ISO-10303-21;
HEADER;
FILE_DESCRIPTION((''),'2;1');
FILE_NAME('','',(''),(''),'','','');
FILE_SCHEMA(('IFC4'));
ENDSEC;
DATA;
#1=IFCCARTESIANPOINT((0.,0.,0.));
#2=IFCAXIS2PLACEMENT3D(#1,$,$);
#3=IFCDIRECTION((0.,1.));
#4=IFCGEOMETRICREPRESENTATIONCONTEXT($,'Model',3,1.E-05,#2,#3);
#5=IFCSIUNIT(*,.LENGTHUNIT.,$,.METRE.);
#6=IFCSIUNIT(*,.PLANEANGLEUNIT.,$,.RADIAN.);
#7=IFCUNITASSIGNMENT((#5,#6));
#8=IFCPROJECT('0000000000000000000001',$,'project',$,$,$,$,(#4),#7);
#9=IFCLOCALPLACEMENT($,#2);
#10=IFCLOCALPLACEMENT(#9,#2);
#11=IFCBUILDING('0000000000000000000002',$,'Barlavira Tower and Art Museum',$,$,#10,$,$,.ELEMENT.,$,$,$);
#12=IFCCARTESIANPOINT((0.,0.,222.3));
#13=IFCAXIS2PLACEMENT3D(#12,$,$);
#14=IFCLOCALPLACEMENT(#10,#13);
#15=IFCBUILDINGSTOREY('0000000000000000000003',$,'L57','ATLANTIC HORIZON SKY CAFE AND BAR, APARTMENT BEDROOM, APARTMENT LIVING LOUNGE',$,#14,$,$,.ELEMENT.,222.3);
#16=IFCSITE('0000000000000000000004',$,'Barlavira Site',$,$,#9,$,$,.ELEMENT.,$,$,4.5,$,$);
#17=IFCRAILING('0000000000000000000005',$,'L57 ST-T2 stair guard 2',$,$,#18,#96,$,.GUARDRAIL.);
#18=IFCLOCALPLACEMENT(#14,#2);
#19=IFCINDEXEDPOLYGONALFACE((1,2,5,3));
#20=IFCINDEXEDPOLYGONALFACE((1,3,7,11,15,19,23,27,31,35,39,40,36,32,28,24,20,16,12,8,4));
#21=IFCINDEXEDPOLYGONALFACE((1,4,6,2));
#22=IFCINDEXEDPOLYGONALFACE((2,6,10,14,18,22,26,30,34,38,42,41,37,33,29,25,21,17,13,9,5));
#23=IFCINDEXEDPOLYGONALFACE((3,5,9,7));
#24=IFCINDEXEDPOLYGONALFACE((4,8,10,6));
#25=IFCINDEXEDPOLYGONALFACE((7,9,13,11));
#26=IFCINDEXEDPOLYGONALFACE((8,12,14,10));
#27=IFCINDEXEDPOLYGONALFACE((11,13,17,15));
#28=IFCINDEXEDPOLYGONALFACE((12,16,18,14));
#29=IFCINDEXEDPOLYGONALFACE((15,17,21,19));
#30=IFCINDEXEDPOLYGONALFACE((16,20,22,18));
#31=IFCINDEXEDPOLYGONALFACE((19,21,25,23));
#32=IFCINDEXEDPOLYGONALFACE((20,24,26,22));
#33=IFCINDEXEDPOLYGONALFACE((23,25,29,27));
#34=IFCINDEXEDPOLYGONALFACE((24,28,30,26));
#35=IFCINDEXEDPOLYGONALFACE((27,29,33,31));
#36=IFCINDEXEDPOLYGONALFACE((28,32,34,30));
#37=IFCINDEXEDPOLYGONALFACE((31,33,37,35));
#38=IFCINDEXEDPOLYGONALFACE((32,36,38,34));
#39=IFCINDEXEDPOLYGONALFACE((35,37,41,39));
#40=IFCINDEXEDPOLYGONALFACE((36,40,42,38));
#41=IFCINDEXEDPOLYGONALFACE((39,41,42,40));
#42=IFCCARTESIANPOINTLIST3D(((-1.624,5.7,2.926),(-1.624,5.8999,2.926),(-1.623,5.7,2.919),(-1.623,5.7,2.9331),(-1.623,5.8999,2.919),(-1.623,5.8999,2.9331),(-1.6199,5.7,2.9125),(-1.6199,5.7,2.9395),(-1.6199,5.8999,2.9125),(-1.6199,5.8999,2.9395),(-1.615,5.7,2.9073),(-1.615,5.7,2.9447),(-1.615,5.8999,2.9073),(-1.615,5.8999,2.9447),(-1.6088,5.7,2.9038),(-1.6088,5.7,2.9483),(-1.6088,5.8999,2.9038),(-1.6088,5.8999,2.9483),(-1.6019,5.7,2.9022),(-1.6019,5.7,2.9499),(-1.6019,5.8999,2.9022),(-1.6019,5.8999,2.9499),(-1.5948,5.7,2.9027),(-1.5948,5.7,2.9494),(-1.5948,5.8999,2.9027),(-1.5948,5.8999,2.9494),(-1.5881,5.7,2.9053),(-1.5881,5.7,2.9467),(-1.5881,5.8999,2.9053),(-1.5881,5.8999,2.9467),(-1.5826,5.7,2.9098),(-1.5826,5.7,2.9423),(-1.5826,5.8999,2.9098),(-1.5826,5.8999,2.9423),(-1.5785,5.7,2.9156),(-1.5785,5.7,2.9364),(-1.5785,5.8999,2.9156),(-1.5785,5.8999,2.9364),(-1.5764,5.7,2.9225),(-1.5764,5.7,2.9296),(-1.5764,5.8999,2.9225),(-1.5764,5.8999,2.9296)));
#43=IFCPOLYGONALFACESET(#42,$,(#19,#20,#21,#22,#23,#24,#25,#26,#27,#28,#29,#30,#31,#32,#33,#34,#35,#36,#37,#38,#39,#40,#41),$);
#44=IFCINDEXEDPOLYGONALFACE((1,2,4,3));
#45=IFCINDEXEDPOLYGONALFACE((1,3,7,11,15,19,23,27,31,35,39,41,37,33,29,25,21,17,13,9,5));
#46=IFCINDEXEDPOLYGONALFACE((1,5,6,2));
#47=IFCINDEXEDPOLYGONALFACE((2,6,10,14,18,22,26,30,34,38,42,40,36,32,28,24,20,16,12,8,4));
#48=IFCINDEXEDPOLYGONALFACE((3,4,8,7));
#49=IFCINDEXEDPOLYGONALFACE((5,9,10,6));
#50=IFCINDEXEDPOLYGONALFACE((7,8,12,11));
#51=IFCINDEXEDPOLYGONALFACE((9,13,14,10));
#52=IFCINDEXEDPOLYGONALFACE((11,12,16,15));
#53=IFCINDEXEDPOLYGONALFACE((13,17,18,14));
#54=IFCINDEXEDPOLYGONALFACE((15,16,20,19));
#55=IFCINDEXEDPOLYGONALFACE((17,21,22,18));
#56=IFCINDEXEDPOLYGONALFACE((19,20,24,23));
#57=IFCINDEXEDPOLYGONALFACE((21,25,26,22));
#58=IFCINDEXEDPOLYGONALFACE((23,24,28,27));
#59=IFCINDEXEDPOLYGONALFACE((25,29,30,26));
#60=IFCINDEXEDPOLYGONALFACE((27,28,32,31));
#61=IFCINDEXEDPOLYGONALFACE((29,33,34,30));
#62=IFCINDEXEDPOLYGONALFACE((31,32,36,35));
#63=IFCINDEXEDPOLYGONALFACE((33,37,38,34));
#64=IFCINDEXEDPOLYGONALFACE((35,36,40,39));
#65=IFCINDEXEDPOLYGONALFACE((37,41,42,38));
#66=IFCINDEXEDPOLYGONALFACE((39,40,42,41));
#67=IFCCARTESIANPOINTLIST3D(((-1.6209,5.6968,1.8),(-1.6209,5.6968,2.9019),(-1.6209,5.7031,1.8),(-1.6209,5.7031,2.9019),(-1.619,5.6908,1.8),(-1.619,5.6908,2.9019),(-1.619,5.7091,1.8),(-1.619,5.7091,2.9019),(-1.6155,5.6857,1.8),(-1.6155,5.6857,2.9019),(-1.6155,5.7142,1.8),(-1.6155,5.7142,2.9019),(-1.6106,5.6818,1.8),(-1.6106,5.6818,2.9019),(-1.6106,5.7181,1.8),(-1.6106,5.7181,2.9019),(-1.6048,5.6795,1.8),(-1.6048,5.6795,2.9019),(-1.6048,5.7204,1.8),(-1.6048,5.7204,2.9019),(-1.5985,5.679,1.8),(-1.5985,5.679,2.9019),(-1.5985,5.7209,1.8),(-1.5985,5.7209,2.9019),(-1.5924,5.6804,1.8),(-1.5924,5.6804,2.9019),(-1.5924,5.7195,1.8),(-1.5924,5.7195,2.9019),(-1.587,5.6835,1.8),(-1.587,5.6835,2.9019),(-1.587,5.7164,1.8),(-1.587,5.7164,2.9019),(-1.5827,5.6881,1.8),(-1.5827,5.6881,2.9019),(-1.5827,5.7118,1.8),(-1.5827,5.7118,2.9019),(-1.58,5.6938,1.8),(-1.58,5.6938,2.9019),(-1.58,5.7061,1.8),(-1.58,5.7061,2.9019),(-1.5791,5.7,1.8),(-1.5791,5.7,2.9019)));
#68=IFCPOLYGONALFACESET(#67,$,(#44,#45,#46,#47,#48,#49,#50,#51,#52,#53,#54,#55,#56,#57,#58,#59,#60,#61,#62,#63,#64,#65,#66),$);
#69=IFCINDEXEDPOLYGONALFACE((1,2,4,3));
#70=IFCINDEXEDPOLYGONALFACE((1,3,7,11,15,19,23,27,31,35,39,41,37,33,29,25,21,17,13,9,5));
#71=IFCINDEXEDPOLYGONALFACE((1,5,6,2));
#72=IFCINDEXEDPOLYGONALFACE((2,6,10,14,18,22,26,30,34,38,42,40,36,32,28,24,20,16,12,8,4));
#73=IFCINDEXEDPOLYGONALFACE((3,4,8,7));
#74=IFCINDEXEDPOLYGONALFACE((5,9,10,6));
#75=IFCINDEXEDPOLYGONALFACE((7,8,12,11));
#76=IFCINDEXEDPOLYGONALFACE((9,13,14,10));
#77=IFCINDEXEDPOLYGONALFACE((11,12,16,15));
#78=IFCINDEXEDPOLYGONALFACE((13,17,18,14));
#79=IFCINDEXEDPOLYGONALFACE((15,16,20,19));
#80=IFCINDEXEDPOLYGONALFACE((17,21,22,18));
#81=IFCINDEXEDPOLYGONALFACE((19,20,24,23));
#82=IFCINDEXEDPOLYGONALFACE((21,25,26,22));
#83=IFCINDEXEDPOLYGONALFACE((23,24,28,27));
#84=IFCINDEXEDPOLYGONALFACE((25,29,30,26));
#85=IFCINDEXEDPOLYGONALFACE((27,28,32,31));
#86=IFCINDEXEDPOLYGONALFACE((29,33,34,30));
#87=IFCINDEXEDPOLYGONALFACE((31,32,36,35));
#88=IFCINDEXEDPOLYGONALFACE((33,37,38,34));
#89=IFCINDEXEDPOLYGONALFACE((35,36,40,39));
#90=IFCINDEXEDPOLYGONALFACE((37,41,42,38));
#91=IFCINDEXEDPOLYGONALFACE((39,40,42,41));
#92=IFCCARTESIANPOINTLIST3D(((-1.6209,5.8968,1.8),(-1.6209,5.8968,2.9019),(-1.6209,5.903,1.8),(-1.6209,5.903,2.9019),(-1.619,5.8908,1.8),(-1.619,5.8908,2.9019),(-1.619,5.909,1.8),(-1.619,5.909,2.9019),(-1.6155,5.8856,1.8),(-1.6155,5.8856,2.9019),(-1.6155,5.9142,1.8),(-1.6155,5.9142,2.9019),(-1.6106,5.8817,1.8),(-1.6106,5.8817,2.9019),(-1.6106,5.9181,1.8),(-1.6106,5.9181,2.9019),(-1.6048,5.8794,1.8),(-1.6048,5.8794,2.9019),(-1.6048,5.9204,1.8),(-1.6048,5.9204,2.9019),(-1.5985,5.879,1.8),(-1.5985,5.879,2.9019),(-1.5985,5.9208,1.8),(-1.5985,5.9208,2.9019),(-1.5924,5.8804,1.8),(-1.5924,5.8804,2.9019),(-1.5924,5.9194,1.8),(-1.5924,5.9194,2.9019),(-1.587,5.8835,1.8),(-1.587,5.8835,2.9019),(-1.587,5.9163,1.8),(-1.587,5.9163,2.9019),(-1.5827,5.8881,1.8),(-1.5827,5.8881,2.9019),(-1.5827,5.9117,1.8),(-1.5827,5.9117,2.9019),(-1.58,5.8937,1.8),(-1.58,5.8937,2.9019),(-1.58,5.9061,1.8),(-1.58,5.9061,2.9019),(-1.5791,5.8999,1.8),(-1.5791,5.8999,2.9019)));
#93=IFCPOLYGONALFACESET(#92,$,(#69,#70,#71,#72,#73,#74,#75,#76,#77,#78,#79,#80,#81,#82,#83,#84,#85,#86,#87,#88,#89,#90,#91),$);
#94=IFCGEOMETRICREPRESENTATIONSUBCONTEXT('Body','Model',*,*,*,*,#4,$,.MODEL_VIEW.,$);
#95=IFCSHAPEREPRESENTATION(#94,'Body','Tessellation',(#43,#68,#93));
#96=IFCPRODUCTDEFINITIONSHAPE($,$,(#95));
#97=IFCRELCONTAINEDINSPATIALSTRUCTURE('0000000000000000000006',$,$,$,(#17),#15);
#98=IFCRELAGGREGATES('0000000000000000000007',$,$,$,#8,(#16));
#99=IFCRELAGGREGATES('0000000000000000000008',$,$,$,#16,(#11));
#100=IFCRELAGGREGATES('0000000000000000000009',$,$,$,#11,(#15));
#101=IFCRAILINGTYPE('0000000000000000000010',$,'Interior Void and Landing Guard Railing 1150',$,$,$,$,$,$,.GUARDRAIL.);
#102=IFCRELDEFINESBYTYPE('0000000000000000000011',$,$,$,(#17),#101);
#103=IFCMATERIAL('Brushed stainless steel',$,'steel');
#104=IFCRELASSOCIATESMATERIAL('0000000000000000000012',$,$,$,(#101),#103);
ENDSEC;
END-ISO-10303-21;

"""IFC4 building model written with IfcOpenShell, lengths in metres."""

from ifc_helpers import new_model, si_unit, direction, frame, origin, origin_2d, place, context, subcontext, project, spatial, circle, extrude, material, type_object, element, save


model = new_model("IFC4")

# Units and contexts
model_context = context("Model", 3, precision=1e-05, world=origin(), true_north=direction((0.0, 1.0)))
body_context = subcontext(model_context, "Body", "Model", "MODEL_VIEW")
ifc_project = project(units=[si_unit("LENGTHUNIT", "METRE"), si_unit("PLANEANGLEUNIT", "RADIAN")], contexts=[model_context])

# Site, building, storey
site_placement = place(None, origin())
site = spatial("IfcSite", under=ifc_project, at=site_placement, Name="Barlavira Site", CompositionType="ELEMENT", RefElevation=4.5)
building_placement = place(site_placement, origin())
building = spatial("IfcBuilding", under=site, at=building_placement, Name="Barlavira Tower and Art Museum", CompositionType="ELEMENT")
storey_placement = place(building_placement, frame((0.0, 0.0, 222.3)))
storey = spatial("IfcBuildingStorey", under=building, at=storey_placement, Name="L57", Description="ATLANTIC HORIZON SKY CAFE AND BAR, APARTMENT BEDROOM, APARTMENT LIVING LOUNGE", CompositionType="ELEMENT", Elevation=222.3)

# Shared definitions
ifc_material_1 = material(Name="Brushed stainless steel", Category="steel")

# Railing
railing_type_1 = type_object("IfcRailingType", Name="Interior Void and Landing Guard Railing 1150", PredefinedType="GUARDRAIL", material=ifc_material_1)
railing_1_placement = place(storey_placement, frame((-1.6001, 5.7, 1.8)))
element("IfcRailing", 1, at=railing_1_placement, inside=storey, type_object=railing_type_1, Name="L57 ST-T2 stair guard 2", PredefinedType="GUARDRAIL", context=body_context, shape_type="SweptSolid", body=[
    extrude(circle(Radius=0.0239, at=origin_2d()), frame((0.0, 0.0, 1.126), z_axis=(0.0, 1.0, 0.0), x_axis=(-1.0, 0.0, 0.0)), (0.0, 0.0, 1.0), 0.2),
    extrude(circle(Radius=0.021, at=origin_2d()), origin(), (0.0, 0.0, 1.0), 1.1018),
    extrude(circle(Radius=0.021, at=origin_2d()), frame((0.0, 0.2, 0.0)), (0.0, 0.0, 1.0), 1.1018),
])

save(model, "model.ifc")
